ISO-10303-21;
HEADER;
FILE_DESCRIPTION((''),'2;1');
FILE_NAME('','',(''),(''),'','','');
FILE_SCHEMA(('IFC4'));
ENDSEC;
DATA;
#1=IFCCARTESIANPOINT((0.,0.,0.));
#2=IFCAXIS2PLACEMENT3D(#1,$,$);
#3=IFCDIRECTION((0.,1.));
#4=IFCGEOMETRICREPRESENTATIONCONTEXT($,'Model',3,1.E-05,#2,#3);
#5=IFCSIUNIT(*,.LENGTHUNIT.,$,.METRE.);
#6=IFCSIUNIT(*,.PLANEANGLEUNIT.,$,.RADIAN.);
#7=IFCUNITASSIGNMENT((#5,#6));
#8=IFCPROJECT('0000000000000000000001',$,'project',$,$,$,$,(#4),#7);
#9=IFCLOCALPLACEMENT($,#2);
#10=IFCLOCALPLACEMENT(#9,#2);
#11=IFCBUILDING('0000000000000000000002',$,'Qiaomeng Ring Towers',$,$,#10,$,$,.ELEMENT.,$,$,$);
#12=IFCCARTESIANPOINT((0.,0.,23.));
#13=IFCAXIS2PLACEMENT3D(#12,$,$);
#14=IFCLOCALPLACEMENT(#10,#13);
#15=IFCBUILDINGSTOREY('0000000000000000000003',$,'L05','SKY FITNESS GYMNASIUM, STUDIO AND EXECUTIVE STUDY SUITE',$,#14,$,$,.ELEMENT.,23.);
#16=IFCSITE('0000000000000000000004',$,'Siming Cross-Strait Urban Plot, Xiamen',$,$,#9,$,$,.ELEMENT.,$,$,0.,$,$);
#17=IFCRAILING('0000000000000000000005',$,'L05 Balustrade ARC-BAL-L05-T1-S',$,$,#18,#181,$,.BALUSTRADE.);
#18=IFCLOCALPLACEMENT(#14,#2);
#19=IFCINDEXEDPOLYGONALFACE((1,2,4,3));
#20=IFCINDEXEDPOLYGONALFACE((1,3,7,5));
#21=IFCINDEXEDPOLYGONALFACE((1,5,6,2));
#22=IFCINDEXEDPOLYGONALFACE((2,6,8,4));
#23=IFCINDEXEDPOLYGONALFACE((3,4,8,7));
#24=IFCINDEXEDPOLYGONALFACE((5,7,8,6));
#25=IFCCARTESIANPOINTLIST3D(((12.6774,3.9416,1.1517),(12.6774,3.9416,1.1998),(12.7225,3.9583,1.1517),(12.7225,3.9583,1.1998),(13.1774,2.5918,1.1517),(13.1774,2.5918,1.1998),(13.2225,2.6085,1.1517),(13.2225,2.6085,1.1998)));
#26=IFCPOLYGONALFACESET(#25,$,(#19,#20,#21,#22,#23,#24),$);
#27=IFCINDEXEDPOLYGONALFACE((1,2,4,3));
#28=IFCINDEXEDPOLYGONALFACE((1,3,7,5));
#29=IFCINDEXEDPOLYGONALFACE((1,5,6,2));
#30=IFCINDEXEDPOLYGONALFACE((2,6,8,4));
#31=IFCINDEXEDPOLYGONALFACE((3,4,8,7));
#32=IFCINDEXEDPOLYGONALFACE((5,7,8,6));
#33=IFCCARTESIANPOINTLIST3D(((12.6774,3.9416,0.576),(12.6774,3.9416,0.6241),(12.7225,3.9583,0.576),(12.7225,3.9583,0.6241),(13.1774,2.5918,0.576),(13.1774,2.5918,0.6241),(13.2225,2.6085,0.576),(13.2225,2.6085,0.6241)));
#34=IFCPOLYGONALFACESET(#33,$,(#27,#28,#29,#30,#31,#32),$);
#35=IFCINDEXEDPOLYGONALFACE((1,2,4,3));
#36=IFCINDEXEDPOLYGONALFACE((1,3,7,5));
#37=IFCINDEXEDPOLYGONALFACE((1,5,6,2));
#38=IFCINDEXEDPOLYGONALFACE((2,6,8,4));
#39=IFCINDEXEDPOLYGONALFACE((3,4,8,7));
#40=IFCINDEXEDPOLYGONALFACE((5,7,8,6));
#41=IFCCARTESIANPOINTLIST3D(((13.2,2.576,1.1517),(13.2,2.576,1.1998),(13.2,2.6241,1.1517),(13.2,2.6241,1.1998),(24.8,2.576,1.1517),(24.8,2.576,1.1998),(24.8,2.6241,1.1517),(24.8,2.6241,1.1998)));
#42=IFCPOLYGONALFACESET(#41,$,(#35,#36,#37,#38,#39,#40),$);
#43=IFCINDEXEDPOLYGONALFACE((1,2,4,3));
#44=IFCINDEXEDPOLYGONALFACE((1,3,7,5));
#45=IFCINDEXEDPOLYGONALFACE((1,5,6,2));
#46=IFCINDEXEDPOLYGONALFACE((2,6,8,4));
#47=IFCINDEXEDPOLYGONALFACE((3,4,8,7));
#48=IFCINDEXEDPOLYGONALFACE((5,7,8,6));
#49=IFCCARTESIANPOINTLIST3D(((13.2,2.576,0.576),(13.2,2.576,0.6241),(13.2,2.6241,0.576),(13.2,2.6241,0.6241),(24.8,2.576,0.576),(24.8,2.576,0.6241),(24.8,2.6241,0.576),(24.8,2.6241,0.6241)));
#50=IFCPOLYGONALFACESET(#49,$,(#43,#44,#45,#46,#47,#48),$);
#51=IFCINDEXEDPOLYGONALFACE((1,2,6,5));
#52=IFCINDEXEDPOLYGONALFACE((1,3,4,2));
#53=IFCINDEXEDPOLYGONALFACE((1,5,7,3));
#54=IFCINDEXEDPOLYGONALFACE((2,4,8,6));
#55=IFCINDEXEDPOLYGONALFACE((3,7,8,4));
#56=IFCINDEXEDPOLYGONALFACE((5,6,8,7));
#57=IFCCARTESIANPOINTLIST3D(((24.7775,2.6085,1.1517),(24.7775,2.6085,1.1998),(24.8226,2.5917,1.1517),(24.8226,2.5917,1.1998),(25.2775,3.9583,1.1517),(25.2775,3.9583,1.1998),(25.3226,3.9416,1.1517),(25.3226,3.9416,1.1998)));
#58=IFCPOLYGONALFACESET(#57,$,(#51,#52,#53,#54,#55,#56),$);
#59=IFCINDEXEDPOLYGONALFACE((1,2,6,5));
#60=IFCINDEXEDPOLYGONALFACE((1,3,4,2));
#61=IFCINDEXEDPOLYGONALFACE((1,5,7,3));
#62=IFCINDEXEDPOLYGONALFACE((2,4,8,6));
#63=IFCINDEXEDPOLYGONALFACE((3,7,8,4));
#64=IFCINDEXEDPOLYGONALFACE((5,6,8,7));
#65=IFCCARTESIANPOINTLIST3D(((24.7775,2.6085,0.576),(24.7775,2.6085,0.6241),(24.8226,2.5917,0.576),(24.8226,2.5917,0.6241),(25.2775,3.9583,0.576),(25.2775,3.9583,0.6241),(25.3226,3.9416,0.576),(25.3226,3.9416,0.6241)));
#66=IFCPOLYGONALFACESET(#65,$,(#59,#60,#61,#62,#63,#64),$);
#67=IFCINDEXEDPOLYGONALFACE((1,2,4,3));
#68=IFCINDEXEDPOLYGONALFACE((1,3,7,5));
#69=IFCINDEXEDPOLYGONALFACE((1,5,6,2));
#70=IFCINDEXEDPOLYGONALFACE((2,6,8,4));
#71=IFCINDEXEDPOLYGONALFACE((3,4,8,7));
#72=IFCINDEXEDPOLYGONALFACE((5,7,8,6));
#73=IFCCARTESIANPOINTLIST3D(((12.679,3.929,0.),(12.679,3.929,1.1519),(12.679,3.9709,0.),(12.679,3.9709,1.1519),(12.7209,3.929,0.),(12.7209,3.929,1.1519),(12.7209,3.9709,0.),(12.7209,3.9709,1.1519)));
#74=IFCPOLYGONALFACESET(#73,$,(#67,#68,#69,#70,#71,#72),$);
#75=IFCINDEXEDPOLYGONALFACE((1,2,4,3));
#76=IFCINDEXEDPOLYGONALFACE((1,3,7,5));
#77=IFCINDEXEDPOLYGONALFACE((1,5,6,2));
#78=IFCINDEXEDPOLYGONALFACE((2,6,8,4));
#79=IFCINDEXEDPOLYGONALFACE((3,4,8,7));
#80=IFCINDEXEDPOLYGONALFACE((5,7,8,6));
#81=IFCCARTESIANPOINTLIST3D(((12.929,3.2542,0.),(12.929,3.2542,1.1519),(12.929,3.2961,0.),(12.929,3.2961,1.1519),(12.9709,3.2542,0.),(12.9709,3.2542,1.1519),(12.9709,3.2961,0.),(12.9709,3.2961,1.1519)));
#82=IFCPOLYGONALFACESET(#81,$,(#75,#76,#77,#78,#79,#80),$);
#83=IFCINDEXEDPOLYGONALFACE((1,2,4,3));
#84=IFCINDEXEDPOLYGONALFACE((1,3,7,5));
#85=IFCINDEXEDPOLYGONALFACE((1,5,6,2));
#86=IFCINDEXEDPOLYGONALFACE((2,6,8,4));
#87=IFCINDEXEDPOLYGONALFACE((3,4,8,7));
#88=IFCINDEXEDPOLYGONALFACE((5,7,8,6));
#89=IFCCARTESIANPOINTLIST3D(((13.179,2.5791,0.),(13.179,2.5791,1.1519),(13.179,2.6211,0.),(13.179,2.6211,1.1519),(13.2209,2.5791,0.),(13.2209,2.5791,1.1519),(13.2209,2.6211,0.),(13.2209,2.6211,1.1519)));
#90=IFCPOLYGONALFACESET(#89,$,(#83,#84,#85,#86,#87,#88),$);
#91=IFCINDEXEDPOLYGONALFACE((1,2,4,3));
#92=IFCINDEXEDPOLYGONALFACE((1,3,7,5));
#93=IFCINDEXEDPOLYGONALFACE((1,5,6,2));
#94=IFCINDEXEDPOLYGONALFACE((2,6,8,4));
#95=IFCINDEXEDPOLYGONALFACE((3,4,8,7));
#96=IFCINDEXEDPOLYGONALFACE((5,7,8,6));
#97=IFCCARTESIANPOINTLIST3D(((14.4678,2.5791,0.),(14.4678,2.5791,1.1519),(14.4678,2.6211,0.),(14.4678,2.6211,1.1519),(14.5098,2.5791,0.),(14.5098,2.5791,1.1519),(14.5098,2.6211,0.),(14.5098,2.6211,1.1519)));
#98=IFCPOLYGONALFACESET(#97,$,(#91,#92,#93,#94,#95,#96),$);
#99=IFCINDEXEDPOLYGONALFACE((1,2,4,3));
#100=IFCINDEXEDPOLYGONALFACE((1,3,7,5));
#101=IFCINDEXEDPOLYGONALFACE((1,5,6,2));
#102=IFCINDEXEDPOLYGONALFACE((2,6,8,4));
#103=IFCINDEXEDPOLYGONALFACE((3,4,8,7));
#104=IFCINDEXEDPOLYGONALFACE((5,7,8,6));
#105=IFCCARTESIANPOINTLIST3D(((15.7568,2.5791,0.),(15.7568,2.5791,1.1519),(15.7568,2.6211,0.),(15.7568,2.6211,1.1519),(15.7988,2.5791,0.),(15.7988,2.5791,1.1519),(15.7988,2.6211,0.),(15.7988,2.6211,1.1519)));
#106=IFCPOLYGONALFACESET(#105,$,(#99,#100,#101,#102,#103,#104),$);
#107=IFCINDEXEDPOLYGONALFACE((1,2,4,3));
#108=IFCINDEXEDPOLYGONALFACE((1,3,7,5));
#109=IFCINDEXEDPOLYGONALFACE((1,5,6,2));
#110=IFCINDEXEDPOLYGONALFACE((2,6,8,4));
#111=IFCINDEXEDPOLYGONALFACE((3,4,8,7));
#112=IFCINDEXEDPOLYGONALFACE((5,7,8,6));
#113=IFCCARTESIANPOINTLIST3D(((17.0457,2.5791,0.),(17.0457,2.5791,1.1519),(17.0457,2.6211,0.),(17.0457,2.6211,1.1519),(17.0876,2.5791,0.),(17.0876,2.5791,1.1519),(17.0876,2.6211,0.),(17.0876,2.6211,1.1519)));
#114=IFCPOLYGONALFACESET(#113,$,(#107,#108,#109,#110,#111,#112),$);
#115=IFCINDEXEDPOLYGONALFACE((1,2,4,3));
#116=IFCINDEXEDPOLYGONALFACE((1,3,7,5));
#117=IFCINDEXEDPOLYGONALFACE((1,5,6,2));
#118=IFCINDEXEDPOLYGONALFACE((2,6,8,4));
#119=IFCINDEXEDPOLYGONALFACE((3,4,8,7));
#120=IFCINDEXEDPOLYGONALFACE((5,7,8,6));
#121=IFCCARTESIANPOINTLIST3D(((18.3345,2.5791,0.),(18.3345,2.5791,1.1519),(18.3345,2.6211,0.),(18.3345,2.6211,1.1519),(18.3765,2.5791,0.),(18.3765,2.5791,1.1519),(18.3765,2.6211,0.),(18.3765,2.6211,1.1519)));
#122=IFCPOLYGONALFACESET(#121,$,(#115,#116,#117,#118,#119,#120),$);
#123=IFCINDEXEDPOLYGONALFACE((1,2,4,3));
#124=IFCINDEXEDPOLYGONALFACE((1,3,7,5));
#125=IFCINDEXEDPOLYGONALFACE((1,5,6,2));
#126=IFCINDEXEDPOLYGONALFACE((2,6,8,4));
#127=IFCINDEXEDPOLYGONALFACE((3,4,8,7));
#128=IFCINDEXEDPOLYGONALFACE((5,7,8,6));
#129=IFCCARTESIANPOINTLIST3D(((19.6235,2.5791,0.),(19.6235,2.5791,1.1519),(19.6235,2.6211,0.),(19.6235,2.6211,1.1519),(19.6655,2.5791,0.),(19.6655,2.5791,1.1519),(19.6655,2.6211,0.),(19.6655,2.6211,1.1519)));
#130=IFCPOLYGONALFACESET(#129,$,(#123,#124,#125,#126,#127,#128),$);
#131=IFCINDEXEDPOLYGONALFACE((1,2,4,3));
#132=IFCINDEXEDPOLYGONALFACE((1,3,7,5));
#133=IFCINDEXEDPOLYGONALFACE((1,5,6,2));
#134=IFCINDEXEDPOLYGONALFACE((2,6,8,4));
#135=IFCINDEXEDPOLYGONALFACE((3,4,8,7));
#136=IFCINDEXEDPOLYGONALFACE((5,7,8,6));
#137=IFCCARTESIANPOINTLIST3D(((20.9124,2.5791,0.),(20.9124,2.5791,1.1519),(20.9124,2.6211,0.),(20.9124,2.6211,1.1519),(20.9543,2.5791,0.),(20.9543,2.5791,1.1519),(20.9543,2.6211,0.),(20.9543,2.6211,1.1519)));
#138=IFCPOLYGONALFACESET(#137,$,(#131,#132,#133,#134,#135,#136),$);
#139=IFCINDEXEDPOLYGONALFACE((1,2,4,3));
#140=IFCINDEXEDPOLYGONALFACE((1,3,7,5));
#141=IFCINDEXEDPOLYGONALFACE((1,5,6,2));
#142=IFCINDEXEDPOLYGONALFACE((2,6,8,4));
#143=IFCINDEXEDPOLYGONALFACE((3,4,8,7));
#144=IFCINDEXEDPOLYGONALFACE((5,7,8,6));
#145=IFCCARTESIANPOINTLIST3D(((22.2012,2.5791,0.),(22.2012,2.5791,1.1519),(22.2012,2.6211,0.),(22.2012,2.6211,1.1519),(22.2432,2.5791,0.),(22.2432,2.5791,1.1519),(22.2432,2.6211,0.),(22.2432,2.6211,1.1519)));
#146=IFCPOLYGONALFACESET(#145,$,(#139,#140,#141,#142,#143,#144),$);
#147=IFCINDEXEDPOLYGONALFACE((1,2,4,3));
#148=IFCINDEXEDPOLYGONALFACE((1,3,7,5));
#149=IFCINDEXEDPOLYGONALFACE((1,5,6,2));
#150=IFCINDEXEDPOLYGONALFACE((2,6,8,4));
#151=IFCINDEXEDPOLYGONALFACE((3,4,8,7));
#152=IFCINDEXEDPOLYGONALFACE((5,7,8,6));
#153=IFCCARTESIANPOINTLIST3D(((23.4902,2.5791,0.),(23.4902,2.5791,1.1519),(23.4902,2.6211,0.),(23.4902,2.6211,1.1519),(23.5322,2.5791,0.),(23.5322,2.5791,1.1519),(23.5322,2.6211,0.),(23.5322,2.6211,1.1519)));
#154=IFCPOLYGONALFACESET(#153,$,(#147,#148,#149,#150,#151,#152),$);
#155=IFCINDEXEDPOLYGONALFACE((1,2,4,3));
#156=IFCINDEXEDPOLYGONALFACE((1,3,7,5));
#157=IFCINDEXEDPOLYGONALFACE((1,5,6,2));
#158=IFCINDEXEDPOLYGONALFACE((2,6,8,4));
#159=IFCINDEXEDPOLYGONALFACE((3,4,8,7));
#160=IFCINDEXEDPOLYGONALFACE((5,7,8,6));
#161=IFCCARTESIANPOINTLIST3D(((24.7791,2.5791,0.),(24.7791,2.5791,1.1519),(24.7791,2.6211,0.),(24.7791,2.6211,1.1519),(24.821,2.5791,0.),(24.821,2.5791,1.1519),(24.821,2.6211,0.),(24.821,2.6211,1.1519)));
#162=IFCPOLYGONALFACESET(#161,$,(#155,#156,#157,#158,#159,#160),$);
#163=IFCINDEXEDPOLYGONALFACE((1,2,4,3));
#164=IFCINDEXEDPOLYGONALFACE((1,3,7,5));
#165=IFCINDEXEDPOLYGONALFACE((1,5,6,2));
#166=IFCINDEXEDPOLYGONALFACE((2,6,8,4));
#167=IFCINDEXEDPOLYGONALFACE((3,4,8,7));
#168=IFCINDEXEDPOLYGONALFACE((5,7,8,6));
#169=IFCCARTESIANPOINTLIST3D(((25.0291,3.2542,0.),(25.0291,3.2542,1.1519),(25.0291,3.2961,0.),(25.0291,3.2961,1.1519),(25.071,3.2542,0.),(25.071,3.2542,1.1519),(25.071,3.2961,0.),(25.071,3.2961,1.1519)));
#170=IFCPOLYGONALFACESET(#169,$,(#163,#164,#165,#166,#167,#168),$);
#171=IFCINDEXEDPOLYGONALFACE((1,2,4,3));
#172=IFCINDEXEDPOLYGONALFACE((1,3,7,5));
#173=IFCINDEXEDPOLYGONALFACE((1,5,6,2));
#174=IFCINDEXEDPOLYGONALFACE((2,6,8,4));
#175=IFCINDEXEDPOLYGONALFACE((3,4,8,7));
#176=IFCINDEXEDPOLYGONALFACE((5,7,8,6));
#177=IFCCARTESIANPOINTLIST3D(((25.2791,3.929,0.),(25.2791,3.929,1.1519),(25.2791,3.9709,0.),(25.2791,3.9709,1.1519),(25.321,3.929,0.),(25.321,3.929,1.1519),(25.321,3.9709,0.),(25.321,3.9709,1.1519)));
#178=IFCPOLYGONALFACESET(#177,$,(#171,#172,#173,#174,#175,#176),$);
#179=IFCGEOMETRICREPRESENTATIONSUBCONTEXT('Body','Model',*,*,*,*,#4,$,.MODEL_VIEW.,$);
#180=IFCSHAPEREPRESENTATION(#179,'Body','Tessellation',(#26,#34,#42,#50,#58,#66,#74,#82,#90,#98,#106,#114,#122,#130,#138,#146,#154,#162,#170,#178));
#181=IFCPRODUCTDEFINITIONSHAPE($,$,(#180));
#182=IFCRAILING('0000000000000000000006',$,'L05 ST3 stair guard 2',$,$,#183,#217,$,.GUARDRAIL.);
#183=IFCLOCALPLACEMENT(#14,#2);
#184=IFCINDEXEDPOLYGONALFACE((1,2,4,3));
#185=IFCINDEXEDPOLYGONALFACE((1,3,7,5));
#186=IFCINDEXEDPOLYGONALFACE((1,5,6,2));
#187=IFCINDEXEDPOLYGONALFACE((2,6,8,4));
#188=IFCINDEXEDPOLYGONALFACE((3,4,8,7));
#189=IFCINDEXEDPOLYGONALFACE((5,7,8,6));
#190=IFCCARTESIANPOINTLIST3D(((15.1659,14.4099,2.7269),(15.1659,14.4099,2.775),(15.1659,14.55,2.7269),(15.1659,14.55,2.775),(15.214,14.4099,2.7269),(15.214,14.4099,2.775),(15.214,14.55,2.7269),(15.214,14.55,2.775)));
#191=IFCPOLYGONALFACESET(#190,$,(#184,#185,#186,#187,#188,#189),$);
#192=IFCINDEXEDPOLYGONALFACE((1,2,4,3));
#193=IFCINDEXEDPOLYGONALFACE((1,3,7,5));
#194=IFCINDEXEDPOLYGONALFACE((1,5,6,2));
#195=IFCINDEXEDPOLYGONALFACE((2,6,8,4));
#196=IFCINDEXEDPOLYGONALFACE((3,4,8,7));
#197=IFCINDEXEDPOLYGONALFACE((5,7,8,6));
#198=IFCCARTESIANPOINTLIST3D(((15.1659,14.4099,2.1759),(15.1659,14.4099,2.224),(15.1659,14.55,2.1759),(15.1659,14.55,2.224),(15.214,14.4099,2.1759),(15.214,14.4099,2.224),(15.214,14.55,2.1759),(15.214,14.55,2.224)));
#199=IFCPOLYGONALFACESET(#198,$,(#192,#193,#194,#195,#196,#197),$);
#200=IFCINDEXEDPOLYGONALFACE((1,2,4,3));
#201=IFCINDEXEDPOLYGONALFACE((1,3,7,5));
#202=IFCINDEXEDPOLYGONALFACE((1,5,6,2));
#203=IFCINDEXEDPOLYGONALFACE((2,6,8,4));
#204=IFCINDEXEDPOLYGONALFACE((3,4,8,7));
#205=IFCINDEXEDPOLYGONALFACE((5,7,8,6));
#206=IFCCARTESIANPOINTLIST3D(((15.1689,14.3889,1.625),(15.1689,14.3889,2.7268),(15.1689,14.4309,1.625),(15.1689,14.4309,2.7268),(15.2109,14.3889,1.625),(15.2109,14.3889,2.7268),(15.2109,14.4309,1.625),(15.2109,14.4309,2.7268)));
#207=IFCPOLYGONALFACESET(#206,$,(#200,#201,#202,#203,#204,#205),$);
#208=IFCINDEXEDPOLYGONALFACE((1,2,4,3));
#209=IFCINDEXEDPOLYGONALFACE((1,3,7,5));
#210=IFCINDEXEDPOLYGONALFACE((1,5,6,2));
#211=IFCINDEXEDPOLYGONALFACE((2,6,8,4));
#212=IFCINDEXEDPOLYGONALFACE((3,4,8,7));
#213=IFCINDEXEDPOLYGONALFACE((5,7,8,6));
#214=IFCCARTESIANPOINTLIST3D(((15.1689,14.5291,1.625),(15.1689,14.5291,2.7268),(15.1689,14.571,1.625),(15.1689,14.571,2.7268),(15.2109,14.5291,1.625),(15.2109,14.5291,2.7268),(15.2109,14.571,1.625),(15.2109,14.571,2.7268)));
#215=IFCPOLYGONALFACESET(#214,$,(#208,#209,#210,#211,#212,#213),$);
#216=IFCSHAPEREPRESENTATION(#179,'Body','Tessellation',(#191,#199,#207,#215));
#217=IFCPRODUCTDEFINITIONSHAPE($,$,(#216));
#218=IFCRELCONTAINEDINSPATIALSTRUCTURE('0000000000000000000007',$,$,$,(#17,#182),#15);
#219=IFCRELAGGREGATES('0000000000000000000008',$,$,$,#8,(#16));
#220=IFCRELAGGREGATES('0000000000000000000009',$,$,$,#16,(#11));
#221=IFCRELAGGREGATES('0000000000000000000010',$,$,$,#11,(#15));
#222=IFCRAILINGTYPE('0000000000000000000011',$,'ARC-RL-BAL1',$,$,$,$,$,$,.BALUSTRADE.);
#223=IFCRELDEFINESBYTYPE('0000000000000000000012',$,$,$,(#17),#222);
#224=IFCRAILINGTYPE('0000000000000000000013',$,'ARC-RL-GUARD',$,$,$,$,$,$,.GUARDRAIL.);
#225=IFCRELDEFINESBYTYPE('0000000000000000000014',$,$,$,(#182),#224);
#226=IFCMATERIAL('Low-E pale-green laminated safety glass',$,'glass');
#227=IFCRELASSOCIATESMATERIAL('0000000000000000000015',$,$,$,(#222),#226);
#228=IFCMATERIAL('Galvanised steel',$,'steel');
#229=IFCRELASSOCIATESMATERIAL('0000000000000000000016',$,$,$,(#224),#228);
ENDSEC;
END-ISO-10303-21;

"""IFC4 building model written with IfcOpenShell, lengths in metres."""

from ifc_helpers import new_model, si_unit, direction, frame, origin, origin_2d, place, context, subcontext, project, spatial, rectangle, extrude, material, type_object, element, save


model = new_model("IFC4")

# Units and contexts
model_context = context("Model", 3, precision=1e-05, world=origin(), true_north=direction((0.0, 1.0)))
body_context = subcontext(model_context, "Body", "Model", "MODEL_VIEW")
ifc_project = project(units=[si_unit("LENGTHUNIT", "METRE"), si_unit("PLANEANGLEUNIT", "RADIAN")], contexts=[model_context])

# Site, building, storey
site_placement = place(None, origin())
site = spatial("IfcSite", under=ifc_project, at=site_placement, Name="Siming Cross-Strait Urban Plot, Xiamen", CompositionType="ELEMENT", RefElevation=0.0)
building_placement = place(site_placement, origin())
building = spatial("IfcBuilding", under=site, at=building_placement, Name="Qiaomeng Ring Towers", CompositionType="ELEMENT")
storey_placement = place(building_placement, frame((0.0, 0.0, 23.0)))
storey = spatial("IfcBuildingStorey", under=building, at=storey_placement, Name="L05", Description="SKY FITNESS GYMNASIUM, STUDIO AND EXECUTIVE STUDY SUITE", CompositionType="ELEMENT", Elevation=23.0)

# Shared definitions
ifc_material_1 = material(Name="Galvanised steel", Category="steel")

# Railings
ifc_material_2 = material(Name="Low-E pale-green laminated safety glass", Category="glass")
railing_type_1 = type_object("IfcRailingType", Name="ARC-RL-BAL1", PredefinedType="BALUSTRADE", material=ifc_material_2)
railing_1_placement = place(storey_placement, frame((12.7, 3.95, 0.0)))
element("IfcRailing", 1, at=railing_1_placement, inside=storey, type_object=railing_type_1, Name="L05 Balustrade ARC-BAL-L05-T1-S", PredefinedType="BALUSTRADE", context=body_context, shape_type="SweptSolid", body=[
    extrude(rectangle(XDim=0.0481, YDim=0.0481, at=origin_2d()), frame((0.0, 0.0, 1.1758), z_axis=(0.347347, -0.937736, 0.0), x_axis=(0.937736, 0.347347, 0.0)), (0.0, 0.0, 1.0), 1.4395),
    extrude(rectangle(XDim=0.0481, YDim=0.0481, at=origin_2d()), frame((0.0, 0.0, 0.6001), z_axis=(0.347347, -0.937736, 0.0), x_axis=(0.937736, 0.347347, 0.0)), (0.0, 0.0, 1.0), 1.4395),
    extrude(rectangle(XDim=0.0481, YDim=0.0481, at=origin_2d()), frame((0.5, -1.3499, 1.1758), z_axis=(1.0, 0.0, 0.0), x_axis=(0.0, 1.0, 0.0)), (0.0, 0.0, 1.0), 11.6001),
    extrude(rectangle(XDim=0.0481, YDim=0.0481, at=origin_2d()), frame((0.5, -1.3499, 0.6001), z_axis=(1.0, 0.0, 0.0), x_axis=(0.0, 1.0, 0.0)), (0.0, 0.0, 1.0), 11.6001),
    extrude(rectangle(XDim=0.0481, YDim=0.0481, at=origin_2d()), frame((12.1001, -1.3499, 1.1758), z_axis=(0.347347, 0.937736, 0.0), x_axis=(-0.937736, 0.347347, 0.0)), (0.0, 0.0, 1.0), 1.4395),
    extrude(rectangle(XDim=0.0481, YDim=0.0481, at=origin_2d()), frame((12.1001, -1.3499, 0.6001), z_axis=(0.347347, 0.937736, 0.0), x_axis=(-0.937736, 0.347347, 0.0)), (0.0, 0.0, 1.0), 1.4395),
    extrude(rectangle(XDim=0.042, YDim=0.042, at=origin_2d()), origin(), (0.0, 0.0, 1.0), 1.1519),
    extrude(rectangle(XDim=0.042, YDim=0.042, at=origin_2d()), frame((0.25, -0.6748, 0.0)), (0.0, 0.0, 1.0), 1.1519),
    extrude(rectangle(XDim=0.042, YDim=0.042, at=origin_2d()), frame((0.5, -1.3499, 0.0)), (0.0, 0.0, 1.0), 1.1519),
    extrude(rectangle(XDim=0.042, YDim=0.042, at=origin_2d()), frame((1.7888, -1.3499, 0.0)), (0.0, 0.0, 1.0), 1.1519),
    extrude(rectangle(XDim=0.042, YDim=0.042, at=origin_2d()), frame((3.0779, -1.3499, 0.0)), (0.0, 0.0, 1.0), 1.1519),
    extrude(rectangle(XDim=0.042, YDim=0.042, at=origin_2d()), frame((4.3667, -1.3499, 0.0)), (0.0, 0.0, 1.0), 1.1519),
    extrude(rectangle(XDim=0.042, YDim=0.042, at=origin_2d()), frame((5.6555, -1.3499, 0.0)), (0.0, 0.0, 1.0), 1.1519),
    extrude(rectangle(XDim=0.042, YDim=0.042, at=origin_2d()), frame((6.9446, -1.3499, 0.0)), (0.0, 0.0, 1.0), 1.1519),
    extrude(rectangle(XDim=0.042, YDim=0.042, at=origin_2d()), frame((8.2334, -1.3499, 0.0)), (0.0, 0.0, 1.0), 1.1519),
    extrude(rectangle(XDim=0.042, YDim=0.042, at=origin_2d()), frame((9.5222, -1.3499, 0.0)), (0.0, 0.0, 1.0), 1.1519),
    extrude(rectangle(XDim=0.042, YDim=0.042, at=origin_2d()), frame((10.8113, -1.3499, 0.0)), (0.0, 0.0, 1.0), 1.1519),
    extrude(rectangle(XDim=0.042, YDim=0.042, at=origin_2d()), frame((12.1001, -1.3499, 0.0)), (0.0, 0.0, 1.0), 1.1519),
    extrude(rectangle(XDim=0.042, YDim=0.042, at=origin_2d()), frame((12.3501, -0.6748, 0.0)), (0.0, 0.0, 1.0), 1.1519),
    extrude(rectangle(XDim=0.042, YDim=0.042, at=origin_2d()), frame((12.6001, 0.0, 0.0)), (0.0, 0.0, 1.0), 1.1519),
])
railing_type_2 = type_object("IfcRailingType", Name="ARC-RL-GUARD", PredefinedType="GUARDRAIL", material=ifc_material_1)
railing_2_placement = place(storey_placement, frame((15.1899, 14.4099, 1.625)))
element("IfcRailing", 2, at=railing_2_placement, inside=storey, type_object=railing_type_2, Name="L05 ST3 stair guard 2", PredefinedType="GUARDRAIL", context=body_context, shape_type="SweptSolid", body=[
    extrude(rectangle(XDim=0.0481, YDim=0.0481, at=origin_2d()), frame((0.0, 0.0, 1.126), z_axis=(0.0, 1.0, 0.0), x_axis=(-1.0, 0.0, 0.0)), (0.0, 0.0, 1.0), 0.1401),
    extrude(rectangle(XDim=0.0481, YDim=0.0481, at=origin_2d()), frame((0.0, 0.0, 0.575), z_axis=(0.0, 1.0, 0.0), x_axis=(-1.0, 0.0, 0.0)), (0.0, 0.0, 1.0), 0.1401),
    extrude(rectangle(XDim=0.042, YDim=0.042, at=origin_2d()), origin(), (0.0, 0.0, 1.0), 1.1018),
    extrude(rectangle(XDim=0.042, YDim=0.042, at=origin_2d()), frame((0.0, 0.1401, 0.0)), (0.0, 0.0, 1.0), 1.1018),
])

save(model, "model.ifc")
